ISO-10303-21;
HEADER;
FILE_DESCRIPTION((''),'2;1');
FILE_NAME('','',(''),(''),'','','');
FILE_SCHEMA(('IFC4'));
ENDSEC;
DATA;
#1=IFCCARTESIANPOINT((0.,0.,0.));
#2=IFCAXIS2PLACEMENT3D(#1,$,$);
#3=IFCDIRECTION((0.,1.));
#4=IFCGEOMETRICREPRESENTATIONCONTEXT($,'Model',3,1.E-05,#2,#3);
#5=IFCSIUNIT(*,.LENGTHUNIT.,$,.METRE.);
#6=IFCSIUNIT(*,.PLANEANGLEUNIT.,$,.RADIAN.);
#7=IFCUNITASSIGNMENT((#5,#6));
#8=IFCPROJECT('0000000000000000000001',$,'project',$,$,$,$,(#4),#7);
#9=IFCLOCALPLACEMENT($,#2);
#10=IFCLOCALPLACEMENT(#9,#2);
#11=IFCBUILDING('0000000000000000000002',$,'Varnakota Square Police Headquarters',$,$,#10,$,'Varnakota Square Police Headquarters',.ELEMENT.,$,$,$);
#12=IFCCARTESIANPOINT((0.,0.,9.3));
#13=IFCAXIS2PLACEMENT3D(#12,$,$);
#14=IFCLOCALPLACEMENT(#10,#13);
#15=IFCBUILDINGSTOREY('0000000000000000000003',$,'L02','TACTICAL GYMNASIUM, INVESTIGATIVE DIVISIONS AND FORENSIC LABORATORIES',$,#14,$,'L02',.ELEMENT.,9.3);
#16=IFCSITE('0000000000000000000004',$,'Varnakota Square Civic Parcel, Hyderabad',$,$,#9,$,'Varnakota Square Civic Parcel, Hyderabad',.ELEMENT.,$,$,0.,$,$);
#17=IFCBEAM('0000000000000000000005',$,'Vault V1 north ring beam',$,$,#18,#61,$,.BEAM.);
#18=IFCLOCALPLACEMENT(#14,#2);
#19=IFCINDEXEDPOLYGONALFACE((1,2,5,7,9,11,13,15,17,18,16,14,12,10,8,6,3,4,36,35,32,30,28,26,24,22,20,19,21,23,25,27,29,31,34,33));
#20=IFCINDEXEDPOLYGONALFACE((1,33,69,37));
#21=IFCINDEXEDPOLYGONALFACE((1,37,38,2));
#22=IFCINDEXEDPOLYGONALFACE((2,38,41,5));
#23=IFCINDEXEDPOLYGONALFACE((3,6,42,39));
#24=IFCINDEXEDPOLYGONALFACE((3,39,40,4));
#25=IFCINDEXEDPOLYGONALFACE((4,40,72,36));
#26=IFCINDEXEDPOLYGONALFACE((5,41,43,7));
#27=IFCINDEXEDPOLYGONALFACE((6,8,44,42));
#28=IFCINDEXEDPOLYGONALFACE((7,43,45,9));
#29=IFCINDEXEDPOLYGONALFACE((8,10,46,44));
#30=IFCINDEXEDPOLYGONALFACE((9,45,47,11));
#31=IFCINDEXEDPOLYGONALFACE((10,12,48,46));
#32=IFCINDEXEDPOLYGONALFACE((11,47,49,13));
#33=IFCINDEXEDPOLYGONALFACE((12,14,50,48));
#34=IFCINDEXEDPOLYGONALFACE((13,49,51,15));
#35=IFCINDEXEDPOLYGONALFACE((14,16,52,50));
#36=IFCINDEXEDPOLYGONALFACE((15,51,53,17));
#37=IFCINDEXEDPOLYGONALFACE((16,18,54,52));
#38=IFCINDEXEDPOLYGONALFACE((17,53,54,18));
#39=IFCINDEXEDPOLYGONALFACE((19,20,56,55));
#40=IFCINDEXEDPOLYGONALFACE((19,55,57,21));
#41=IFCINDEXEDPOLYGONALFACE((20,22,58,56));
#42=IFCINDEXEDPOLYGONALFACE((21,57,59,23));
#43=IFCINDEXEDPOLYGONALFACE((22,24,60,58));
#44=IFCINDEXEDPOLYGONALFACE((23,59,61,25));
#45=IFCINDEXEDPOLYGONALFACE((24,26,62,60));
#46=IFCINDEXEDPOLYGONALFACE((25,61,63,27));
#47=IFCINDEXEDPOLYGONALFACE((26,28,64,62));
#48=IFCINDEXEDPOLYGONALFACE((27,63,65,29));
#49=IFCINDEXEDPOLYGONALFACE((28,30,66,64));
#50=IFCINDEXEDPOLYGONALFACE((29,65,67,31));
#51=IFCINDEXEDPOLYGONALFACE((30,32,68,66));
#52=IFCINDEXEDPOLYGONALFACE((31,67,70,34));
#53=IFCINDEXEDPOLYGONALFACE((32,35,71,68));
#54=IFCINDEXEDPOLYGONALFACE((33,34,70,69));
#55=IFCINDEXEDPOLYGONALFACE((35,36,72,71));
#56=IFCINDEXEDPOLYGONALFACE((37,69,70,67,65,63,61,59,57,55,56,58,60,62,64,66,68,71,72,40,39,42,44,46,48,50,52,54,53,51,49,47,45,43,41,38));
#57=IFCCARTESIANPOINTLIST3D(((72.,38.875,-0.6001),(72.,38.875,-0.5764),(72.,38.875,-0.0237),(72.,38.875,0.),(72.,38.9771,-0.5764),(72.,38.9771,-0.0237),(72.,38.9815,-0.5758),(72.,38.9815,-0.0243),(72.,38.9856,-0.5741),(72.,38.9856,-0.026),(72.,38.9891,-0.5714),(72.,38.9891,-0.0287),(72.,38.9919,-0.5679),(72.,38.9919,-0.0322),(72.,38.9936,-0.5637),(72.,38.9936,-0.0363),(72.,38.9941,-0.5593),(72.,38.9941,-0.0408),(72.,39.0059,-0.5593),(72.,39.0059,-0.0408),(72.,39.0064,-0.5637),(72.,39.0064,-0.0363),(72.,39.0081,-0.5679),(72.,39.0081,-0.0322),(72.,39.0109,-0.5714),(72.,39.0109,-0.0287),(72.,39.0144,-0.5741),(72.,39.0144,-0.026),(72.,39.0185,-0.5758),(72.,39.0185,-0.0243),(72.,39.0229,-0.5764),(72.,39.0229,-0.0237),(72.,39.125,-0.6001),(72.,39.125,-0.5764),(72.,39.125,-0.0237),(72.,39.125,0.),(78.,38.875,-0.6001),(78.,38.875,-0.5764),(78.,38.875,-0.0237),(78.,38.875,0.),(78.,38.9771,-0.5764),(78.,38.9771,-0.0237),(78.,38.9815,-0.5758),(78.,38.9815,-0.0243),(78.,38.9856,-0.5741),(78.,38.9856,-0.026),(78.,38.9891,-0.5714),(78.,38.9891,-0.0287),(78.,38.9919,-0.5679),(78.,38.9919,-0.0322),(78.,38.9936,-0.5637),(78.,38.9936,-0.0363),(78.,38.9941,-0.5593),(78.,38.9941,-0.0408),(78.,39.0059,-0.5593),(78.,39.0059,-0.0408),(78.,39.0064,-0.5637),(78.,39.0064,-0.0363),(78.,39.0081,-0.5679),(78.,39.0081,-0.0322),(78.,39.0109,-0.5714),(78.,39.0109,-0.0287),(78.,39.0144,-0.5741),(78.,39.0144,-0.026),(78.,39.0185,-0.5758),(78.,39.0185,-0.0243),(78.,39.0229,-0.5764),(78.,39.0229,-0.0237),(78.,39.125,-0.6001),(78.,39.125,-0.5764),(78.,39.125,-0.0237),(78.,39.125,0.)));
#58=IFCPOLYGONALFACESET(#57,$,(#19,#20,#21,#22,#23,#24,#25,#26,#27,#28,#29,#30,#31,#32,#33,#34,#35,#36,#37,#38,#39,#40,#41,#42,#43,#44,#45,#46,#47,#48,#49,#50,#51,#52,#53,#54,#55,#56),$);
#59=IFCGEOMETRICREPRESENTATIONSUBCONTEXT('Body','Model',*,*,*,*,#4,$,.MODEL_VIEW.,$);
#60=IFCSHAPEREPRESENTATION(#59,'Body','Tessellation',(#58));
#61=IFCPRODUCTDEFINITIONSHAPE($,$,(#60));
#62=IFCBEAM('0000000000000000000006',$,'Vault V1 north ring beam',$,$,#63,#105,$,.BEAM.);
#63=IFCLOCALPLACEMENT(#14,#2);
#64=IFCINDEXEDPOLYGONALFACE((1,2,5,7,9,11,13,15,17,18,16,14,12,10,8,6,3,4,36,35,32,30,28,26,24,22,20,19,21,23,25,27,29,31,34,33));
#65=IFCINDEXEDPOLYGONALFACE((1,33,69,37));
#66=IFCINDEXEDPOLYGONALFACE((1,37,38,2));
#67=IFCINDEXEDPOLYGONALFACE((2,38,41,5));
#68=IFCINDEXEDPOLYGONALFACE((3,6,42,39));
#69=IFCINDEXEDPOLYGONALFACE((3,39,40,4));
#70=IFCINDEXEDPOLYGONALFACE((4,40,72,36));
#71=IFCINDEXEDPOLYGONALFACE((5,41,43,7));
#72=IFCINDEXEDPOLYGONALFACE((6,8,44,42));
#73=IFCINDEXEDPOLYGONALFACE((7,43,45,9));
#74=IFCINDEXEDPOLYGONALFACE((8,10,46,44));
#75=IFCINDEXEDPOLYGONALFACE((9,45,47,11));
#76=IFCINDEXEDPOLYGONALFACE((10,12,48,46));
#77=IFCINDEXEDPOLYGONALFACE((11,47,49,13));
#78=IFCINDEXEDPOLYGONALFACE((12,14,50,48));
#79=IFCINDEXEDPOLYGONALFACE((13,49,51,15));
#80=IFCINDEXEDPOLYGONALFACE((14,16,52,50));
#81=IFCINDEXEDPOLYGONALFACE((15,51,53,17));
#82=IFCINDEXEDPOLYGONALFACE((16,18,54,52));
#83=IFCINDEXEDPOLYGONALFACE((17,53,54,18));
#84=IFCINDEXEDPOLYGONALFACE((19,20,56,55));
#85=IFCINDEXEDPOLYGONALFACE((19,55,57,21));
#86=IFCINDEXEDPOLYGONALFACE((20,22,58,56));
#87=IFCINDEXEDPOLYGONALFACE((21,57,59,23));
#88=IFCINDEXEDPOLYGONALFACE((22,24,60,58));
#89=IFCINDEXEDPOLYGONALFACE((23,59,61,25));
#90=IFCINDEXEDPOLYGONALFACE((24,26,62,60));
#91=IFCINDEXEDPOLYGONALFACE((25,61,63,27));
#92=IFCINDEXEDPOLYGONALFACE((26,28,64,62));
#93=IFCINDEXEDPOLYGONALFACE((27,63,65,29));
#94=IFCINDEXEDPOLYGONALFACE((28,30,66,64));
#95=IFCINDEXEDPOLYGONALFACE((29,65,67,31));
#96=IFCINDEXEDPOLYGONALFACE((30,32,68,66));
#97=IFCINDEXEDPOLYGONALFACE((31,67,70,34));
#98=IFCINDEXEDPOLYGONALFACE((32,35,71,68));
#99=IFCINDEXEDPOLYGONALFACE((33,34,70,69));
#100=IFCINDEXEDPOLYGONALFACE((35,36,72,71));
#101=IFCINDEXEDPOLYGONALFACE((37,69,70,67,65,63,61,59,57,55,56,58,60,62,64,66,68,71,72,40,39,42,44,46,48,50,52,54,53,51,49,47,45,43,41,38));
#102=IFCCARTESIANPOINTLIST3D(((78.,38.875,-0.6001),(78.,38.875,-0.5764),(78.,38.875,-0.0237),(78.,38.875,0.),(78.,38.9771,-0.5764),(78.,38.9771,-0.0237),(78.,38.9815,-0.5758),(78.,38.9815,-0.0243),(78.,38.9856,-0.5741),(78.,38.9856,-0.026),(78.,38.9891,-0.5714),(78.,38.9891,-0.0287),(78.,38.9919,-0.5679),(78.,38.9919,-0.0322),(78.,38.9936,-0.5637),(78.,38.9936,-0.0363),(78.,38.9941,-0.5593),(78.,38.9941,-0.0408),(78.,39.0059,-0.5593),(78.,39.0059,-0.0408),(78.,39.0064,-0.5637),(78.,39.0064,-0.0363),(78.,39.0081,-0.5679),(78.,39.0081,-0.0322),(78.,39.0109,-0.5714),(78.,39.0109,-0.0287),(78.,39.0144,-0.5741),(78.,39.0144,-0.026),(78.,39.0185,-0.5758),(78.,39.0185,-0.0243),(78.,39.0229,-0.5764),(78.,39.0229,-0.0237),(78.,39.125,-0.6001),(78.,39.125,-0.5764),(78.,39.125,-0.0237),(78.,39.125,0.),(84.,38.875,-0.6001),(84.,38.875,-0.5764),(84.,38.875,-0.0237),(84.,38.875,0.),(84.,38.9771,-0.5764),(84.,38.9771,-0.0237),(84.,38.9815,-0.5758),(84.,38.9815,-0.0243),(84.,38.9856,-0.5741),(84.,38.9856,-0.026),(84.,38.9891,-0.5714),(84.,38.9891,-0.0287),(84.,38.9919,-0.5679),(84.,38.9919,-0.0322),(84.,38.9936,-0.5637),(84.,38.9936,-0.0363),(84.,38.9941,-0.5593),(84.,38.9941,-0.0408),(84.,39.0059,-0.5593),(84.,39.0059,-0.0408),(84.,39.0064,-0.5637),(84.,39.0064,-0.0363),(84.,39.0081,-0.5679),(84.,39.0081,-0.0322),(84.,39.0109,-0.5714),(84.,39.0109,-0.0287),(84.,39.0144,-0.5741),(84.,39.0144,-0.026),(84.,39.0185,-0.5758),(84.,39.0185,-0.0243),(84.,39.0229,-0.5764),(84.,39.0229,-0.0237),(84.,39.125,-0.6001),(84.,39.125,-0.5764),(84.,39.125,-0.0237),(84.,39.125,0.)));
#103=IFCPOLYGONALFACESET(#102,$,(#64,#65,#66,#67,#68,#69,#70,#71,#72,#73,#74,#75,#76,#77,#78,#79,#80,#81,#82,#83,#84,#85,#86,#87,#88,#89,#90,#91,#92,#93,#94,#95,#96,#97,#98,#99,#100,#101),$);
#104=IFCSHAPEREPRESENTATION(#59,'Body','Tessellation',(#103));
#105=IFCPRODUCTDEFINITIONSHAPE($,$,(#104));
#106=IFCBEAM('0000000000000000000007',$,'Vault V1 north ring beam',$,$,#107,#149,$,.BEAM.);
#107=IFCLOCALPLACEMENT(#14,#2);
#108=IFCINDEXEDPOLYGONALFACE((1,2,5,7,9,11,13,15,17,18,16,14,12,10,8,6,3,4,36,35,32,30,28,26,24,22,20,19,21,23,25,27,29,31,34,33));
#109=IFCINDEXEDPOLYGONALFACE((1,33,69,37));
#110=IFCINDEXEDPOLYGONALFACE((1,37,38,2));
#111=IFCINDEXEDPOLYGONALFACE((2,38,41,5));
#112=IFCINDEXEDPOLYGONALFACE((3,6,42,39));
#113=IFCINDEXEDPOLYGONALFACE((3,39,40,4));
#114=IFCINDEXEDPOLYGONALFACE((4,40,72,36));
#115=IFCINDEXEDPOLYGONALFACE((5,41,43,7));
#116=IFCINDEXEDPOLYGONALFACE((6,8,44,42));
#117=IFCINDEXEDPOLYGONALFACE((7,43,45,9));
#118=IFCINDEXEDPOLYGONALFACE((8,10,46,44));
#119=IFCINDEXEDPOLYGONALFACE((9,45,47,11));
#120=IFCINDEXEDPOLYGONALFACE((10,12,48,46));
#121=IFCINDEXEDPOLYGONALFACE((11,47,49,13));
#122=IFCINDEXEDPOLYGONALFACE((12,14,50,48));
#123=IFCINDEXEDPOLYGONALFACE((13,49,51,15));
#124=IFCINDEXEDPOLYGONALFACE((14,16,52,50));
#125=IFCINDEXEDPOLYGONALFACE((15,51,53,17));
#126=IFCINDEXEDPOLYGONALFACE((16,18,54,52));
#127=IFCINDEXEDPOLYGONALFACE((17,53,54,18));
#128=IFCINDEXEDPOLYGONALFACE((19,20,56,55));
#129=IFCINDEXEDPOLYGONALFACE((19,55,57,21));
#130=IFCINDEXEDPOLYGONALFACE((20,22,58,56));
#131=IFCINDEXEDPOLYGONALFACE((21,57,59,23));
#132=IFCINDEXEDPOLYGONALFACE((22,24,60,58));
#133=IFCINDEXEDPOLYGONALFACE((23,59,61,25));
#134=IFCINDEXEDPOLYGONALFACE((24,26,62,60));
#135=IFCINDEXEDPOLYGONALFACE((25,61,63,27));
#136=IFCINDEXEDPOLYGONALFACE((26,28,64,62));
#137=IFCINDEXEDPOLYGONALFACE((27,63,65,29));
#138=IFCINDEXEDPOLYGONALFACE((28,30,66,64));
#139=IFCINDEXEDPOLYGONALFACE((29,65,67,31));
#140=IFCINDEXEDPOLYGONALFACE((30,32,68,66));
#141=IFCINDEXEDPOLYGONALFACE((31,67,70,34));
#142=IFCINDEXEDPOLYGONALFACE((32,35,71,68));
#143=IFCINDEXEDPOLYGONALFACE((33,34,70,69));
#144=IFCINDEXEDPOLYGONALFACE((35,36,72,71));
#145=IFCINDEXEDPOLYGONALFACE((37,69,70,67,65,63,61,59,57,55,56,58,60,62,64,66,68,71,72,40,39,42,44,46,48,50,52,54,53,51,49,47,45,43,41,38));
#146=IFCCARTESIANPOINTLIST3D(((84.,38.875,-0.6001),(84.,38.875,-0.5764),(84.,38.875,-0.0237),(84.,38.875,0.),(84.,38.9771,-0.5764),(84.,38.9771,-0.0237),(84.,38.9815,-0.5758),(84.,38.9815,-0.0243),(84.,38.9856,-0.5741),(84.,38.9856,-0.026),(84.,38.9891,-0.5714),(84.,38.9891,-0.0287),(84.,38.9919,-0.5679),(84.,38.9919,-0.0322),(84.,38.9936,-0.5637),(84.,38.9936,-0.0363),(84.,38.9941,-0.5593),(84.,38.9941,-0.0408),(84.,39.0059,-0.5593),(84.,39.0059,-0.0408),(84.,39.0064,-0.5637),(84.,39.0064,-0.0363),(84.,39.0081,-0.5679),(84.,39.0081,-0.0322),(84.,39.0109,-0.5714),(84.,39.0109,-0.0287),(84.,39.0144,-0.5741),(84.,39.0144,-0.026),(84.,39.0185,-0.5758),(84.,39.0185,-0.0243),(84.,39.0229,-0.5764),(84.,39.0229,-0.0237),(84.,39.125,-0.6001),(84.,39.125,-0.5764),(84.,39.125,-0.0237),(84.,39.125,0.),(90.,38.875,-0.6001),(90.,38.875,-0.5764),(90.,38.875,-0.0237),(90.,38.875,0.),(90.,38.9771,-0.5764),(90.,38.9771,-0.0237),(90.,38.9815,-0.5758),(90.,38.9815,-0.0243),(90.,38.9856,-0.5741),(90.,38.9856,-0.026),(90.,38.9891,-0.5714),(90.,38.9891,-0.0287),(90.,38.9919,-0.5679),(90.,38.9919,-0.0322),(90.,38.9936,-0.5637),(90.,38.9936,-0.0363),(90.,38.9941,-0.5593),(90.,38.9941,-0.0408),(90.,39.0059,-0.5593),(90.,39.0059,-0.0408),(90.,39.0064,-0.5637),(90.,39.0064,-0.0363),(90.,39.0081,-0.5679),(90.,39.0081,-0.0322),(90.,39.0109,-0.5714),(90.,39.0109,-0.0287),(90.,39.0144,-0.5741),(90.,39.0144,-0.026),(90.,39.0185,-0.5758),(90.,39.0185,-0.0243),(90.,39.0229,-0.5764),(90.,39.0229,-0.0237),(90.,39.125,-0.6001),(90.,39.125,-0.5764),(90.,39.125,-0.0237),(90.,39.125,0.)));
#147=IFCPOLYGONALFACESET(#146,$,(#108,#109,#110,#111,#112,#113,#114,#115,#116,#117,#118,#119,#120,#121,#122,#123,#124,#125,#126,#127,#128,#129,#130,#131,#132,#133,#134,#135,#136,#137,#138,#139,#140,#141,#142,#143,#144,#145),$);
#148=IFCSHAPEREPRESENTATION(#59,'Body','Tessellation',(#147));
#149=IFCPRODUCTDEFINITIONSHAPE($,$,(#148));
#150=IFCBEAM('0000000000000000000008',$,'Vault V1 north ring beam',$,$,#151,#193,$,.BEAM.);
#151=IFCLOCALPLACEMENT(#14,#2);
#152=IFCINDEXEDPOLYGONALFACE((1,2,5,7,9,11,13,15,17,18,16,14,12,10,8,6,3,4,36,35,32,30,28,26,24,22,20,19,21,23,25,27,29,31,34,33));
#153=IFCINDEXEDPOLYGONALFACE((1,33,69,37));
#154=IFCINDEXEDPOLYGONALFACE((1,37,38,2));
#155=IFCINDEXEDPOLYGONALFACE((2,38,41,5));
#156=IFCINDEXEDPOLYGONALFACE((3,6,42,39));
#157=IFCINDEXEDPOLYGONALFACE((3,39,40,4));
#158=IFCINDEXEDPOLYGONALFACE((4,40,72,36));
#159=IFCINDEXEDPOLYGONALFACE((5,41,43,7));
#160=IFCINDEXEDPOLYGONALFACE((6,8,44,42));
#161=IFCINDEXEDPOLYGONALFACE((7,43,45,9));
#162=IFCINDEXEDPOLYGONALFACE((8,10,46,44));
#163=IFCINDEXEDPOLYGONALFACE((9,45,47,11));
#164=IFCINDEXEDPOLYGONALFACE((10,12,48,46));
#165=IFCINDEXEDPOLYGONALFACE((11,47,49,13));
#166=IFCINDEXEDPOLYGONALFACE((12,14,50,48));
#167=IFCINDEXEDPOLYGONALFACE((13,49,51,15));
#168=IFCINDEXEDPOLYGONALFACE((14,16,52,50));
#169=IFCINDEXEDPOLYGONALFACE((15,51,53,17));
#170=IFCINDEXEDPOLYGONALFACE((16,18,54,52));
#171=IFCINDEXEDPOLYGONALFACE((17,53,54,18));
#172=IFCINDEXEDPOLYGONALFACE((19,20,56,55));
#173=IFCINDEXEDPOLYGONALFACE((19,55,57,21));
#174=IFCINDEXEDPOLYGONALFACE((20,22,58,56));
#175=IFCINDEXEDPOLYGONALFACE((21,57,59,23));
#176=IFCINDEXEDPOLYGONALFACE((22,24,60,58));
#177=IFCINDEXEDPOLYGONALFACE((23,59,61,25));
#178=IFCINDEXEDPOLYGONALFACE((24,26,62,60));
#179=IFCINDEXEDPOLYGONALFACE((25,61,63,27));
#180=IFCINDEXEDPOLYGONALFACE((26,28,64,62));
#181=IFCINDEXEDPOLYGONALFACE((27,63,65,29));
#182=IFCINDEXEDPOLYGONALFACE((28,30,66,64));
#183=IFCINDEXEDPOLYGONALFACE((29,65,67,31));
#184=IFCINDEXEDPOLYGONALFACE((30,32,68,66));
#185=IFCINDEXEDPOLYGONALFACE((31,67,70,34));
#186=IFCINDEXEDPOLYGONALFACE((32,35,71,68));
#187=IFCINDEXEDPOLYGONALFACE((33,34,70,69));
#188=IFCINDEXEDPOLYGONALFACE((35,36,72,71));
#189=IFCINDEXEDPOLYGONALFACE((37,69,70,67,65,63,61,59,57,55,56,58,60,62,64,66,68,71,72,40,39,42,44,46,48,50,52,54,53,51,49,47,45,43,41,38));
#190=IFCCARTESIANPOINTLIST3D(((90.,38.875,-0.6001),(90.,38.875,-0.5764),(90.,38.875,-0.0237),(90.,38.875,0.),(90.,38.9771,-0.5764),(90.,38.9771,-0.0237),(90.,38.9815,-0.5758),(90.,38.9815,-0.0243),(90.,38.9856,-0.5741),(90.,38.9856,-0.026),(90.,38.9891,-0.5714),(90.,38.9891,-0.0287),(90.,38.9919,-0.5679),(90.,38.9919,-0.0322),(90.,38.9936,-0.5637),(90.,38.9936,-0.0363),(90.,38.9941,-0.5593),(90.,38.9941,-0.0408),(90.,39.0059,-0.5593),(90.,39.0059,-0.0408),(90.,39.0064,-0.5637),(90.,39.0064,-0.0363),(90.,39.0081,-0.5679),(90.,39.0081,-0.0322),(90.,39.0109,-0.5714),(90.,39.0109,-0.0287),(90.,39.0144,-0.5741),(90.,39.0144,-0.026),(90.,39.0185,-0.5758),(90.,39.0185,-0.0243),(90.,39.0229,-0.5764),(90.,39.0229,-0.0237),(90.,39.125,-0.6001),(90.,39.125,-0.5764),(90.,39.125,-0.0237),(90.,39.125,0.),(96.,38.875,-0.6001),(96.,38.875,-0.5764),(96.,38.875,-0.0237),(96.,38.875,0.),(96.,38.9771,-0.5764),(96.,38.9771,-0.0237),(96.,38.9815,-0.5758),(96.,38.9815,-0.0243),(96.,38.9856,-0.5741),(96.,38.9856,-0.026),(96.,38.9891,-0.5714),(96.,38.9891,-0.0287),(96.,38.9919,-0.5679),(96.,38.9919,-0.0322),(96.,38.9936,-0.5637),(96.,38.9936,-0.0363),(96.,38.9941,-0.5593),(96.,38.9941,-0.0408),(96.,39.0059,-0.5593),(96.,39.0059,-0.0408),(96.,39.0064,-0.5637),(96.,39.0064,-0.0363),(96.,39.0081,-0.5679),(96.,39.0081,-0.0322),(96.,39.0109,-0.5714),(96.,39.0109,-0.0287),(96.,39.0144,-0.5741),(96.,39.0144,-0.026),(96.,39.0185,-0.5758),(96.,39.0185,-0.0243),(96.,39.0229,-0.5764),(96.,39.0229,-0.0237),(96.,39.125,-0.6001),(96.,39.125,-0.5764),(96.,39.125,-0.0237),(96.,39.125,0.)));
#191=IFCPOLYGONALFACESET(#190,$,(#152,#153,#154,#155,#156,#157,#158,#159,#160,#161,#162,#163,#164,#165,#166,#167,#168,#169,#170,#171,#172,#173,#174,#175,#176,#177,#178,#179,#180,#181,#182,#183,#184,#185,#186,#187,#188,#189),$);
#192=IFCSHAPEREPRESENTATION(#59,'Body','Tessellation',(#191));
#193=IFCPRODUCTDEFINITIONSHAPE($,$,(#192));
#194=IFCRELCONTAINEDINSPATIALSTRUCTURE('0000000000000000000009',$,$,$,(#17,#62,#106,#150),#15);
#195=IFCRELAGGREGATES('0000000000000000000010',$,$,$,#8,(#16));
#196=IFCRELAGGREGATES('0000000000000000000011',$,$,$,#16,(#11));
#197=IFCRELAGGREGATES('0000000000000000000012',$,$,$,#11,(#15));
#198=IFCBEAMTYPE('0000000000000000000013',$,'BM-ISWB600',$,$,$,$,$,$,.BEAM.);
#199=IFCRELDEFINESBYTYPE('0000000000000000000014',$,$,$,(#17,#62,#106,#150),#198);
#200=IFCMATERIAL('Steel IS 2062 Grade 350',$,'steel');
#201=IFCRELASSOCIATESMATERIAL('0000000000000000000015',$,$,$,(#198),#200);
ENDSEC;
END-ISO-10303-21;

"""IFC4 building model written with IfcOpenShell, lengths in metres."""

from ifc_helpers import new_model, si_unit, direction, frame, origin, origin_2d, place, context, subcontext, project, spatial, i_section, extrude, material, material_profile, profile_set, type_object, element, save


model = new_model("IFC4")

# Units and contexts
model_context = context("Model", 3, precision=1e-05, world=origin(), true_north=direction((0.0, 1.0)))
body_context = subcontext(model_context, "Body", "Model", "MODEL_VIEW")
ifc_project = project(units=[si_unit("LENGTHUNIT", "METRE"), si_unit("PLANEANGLEUNIT", "RADIAN")], contexts=[model_context])

# Site, building, storey
site_placement = place(None, origin())
site = spatial("IfcSite", under=ifc_project, at=site_placement, Name="Varnakota Square Civic Parcel, Hyderabad", LongName="Varnakota Square Civic Parcel, Hyderabad", CompositionType="ELEMENT", RefElevation=0.0)
building_placement = place(site_placement, origin())
building = spatial("IfcBuilding", under=site, at=building_placement, Name="Varnakota Square Police Headquarters", LongName="Varnakota Square Police Headquarters", CompositionType="ELEMENT")
storey_placement = place(building_placement, frame((0.0, 0.0, 9.3)))
storey = spatial("IfcBuildingStorey", under=building, at=storey_placement, Name="L02", Description="TACTICAL GYMNASIUM, INVESTIGATIVE DIVISIONS AND FORENSIC LABORATORIES", LongName="L02", CompositionType="ELEMENT", Elevation=9.3)

# Beams
ifc_material_1 = material(Name="Steel IS 2062 Grade 350", Category="steel")
ifc_material_profile_1 = material_profile(ifc_material_1, i_section(OverallWidth=0.25, OverallDepth=0.6001, WebThickness=0.0117, FlangeThickness=0.0237, FilletRadius=0.0171, at=origin_2d()), Name="ISWB 600")
ifc_profile_set_1 = profile_set([ifc_material_profile_1], Name="Steel IS 2062 Grade 350")
beam_type_1 = type_object("IfcBeamType", Name="BM-ISWB600", PredefinedType="BEAM", material=ifc_profile_set_1)
for number, where, z_axis, x_axis, name in (
    (1, (72.0, 39.0, -0.3), (1.0, 0.0, 0.0), (0.0, 1.0, 0.0), "Vault V1 north ring beam"),
    (2, (78.0, 39.0, -0.3), (1.0, 0.0, 0.0), (0.0, 1.0, 0.0), "Vault V1 north ring beam"),
    (3, (84.0, 39.0, -0.3), (1.0, 0.0, 0.0), (0.0, 1.0, 0.0), "Vault V1 north ring beam"),
    (4, (90.0, 39.0, -0.3), (1.0, 0.0, 0.0), (0.0, 1.0, 0.0), "Vault V1 north ring beam"),
):
    element("IfcBeam", number, at=place(storey_placement, frame(where, z_axis=z_axis, x_axis=x_axis)), inside=storey, type_object=beam_type_1, Name=name, PredefinedType="BEAM", context=body_context, shape_type="SweptSolid", body=[
        extrude(i_section(OverallWidth=0.25, OverallDepth=0.6001, WebThickness=0.0117, FlangeThickness=0.0237, FilletRadius=0.0171, at=origin_2d()), origin(), (0.0, 0.0, 1.0), 6.0),
    ])

save(model, "model.ifc")
